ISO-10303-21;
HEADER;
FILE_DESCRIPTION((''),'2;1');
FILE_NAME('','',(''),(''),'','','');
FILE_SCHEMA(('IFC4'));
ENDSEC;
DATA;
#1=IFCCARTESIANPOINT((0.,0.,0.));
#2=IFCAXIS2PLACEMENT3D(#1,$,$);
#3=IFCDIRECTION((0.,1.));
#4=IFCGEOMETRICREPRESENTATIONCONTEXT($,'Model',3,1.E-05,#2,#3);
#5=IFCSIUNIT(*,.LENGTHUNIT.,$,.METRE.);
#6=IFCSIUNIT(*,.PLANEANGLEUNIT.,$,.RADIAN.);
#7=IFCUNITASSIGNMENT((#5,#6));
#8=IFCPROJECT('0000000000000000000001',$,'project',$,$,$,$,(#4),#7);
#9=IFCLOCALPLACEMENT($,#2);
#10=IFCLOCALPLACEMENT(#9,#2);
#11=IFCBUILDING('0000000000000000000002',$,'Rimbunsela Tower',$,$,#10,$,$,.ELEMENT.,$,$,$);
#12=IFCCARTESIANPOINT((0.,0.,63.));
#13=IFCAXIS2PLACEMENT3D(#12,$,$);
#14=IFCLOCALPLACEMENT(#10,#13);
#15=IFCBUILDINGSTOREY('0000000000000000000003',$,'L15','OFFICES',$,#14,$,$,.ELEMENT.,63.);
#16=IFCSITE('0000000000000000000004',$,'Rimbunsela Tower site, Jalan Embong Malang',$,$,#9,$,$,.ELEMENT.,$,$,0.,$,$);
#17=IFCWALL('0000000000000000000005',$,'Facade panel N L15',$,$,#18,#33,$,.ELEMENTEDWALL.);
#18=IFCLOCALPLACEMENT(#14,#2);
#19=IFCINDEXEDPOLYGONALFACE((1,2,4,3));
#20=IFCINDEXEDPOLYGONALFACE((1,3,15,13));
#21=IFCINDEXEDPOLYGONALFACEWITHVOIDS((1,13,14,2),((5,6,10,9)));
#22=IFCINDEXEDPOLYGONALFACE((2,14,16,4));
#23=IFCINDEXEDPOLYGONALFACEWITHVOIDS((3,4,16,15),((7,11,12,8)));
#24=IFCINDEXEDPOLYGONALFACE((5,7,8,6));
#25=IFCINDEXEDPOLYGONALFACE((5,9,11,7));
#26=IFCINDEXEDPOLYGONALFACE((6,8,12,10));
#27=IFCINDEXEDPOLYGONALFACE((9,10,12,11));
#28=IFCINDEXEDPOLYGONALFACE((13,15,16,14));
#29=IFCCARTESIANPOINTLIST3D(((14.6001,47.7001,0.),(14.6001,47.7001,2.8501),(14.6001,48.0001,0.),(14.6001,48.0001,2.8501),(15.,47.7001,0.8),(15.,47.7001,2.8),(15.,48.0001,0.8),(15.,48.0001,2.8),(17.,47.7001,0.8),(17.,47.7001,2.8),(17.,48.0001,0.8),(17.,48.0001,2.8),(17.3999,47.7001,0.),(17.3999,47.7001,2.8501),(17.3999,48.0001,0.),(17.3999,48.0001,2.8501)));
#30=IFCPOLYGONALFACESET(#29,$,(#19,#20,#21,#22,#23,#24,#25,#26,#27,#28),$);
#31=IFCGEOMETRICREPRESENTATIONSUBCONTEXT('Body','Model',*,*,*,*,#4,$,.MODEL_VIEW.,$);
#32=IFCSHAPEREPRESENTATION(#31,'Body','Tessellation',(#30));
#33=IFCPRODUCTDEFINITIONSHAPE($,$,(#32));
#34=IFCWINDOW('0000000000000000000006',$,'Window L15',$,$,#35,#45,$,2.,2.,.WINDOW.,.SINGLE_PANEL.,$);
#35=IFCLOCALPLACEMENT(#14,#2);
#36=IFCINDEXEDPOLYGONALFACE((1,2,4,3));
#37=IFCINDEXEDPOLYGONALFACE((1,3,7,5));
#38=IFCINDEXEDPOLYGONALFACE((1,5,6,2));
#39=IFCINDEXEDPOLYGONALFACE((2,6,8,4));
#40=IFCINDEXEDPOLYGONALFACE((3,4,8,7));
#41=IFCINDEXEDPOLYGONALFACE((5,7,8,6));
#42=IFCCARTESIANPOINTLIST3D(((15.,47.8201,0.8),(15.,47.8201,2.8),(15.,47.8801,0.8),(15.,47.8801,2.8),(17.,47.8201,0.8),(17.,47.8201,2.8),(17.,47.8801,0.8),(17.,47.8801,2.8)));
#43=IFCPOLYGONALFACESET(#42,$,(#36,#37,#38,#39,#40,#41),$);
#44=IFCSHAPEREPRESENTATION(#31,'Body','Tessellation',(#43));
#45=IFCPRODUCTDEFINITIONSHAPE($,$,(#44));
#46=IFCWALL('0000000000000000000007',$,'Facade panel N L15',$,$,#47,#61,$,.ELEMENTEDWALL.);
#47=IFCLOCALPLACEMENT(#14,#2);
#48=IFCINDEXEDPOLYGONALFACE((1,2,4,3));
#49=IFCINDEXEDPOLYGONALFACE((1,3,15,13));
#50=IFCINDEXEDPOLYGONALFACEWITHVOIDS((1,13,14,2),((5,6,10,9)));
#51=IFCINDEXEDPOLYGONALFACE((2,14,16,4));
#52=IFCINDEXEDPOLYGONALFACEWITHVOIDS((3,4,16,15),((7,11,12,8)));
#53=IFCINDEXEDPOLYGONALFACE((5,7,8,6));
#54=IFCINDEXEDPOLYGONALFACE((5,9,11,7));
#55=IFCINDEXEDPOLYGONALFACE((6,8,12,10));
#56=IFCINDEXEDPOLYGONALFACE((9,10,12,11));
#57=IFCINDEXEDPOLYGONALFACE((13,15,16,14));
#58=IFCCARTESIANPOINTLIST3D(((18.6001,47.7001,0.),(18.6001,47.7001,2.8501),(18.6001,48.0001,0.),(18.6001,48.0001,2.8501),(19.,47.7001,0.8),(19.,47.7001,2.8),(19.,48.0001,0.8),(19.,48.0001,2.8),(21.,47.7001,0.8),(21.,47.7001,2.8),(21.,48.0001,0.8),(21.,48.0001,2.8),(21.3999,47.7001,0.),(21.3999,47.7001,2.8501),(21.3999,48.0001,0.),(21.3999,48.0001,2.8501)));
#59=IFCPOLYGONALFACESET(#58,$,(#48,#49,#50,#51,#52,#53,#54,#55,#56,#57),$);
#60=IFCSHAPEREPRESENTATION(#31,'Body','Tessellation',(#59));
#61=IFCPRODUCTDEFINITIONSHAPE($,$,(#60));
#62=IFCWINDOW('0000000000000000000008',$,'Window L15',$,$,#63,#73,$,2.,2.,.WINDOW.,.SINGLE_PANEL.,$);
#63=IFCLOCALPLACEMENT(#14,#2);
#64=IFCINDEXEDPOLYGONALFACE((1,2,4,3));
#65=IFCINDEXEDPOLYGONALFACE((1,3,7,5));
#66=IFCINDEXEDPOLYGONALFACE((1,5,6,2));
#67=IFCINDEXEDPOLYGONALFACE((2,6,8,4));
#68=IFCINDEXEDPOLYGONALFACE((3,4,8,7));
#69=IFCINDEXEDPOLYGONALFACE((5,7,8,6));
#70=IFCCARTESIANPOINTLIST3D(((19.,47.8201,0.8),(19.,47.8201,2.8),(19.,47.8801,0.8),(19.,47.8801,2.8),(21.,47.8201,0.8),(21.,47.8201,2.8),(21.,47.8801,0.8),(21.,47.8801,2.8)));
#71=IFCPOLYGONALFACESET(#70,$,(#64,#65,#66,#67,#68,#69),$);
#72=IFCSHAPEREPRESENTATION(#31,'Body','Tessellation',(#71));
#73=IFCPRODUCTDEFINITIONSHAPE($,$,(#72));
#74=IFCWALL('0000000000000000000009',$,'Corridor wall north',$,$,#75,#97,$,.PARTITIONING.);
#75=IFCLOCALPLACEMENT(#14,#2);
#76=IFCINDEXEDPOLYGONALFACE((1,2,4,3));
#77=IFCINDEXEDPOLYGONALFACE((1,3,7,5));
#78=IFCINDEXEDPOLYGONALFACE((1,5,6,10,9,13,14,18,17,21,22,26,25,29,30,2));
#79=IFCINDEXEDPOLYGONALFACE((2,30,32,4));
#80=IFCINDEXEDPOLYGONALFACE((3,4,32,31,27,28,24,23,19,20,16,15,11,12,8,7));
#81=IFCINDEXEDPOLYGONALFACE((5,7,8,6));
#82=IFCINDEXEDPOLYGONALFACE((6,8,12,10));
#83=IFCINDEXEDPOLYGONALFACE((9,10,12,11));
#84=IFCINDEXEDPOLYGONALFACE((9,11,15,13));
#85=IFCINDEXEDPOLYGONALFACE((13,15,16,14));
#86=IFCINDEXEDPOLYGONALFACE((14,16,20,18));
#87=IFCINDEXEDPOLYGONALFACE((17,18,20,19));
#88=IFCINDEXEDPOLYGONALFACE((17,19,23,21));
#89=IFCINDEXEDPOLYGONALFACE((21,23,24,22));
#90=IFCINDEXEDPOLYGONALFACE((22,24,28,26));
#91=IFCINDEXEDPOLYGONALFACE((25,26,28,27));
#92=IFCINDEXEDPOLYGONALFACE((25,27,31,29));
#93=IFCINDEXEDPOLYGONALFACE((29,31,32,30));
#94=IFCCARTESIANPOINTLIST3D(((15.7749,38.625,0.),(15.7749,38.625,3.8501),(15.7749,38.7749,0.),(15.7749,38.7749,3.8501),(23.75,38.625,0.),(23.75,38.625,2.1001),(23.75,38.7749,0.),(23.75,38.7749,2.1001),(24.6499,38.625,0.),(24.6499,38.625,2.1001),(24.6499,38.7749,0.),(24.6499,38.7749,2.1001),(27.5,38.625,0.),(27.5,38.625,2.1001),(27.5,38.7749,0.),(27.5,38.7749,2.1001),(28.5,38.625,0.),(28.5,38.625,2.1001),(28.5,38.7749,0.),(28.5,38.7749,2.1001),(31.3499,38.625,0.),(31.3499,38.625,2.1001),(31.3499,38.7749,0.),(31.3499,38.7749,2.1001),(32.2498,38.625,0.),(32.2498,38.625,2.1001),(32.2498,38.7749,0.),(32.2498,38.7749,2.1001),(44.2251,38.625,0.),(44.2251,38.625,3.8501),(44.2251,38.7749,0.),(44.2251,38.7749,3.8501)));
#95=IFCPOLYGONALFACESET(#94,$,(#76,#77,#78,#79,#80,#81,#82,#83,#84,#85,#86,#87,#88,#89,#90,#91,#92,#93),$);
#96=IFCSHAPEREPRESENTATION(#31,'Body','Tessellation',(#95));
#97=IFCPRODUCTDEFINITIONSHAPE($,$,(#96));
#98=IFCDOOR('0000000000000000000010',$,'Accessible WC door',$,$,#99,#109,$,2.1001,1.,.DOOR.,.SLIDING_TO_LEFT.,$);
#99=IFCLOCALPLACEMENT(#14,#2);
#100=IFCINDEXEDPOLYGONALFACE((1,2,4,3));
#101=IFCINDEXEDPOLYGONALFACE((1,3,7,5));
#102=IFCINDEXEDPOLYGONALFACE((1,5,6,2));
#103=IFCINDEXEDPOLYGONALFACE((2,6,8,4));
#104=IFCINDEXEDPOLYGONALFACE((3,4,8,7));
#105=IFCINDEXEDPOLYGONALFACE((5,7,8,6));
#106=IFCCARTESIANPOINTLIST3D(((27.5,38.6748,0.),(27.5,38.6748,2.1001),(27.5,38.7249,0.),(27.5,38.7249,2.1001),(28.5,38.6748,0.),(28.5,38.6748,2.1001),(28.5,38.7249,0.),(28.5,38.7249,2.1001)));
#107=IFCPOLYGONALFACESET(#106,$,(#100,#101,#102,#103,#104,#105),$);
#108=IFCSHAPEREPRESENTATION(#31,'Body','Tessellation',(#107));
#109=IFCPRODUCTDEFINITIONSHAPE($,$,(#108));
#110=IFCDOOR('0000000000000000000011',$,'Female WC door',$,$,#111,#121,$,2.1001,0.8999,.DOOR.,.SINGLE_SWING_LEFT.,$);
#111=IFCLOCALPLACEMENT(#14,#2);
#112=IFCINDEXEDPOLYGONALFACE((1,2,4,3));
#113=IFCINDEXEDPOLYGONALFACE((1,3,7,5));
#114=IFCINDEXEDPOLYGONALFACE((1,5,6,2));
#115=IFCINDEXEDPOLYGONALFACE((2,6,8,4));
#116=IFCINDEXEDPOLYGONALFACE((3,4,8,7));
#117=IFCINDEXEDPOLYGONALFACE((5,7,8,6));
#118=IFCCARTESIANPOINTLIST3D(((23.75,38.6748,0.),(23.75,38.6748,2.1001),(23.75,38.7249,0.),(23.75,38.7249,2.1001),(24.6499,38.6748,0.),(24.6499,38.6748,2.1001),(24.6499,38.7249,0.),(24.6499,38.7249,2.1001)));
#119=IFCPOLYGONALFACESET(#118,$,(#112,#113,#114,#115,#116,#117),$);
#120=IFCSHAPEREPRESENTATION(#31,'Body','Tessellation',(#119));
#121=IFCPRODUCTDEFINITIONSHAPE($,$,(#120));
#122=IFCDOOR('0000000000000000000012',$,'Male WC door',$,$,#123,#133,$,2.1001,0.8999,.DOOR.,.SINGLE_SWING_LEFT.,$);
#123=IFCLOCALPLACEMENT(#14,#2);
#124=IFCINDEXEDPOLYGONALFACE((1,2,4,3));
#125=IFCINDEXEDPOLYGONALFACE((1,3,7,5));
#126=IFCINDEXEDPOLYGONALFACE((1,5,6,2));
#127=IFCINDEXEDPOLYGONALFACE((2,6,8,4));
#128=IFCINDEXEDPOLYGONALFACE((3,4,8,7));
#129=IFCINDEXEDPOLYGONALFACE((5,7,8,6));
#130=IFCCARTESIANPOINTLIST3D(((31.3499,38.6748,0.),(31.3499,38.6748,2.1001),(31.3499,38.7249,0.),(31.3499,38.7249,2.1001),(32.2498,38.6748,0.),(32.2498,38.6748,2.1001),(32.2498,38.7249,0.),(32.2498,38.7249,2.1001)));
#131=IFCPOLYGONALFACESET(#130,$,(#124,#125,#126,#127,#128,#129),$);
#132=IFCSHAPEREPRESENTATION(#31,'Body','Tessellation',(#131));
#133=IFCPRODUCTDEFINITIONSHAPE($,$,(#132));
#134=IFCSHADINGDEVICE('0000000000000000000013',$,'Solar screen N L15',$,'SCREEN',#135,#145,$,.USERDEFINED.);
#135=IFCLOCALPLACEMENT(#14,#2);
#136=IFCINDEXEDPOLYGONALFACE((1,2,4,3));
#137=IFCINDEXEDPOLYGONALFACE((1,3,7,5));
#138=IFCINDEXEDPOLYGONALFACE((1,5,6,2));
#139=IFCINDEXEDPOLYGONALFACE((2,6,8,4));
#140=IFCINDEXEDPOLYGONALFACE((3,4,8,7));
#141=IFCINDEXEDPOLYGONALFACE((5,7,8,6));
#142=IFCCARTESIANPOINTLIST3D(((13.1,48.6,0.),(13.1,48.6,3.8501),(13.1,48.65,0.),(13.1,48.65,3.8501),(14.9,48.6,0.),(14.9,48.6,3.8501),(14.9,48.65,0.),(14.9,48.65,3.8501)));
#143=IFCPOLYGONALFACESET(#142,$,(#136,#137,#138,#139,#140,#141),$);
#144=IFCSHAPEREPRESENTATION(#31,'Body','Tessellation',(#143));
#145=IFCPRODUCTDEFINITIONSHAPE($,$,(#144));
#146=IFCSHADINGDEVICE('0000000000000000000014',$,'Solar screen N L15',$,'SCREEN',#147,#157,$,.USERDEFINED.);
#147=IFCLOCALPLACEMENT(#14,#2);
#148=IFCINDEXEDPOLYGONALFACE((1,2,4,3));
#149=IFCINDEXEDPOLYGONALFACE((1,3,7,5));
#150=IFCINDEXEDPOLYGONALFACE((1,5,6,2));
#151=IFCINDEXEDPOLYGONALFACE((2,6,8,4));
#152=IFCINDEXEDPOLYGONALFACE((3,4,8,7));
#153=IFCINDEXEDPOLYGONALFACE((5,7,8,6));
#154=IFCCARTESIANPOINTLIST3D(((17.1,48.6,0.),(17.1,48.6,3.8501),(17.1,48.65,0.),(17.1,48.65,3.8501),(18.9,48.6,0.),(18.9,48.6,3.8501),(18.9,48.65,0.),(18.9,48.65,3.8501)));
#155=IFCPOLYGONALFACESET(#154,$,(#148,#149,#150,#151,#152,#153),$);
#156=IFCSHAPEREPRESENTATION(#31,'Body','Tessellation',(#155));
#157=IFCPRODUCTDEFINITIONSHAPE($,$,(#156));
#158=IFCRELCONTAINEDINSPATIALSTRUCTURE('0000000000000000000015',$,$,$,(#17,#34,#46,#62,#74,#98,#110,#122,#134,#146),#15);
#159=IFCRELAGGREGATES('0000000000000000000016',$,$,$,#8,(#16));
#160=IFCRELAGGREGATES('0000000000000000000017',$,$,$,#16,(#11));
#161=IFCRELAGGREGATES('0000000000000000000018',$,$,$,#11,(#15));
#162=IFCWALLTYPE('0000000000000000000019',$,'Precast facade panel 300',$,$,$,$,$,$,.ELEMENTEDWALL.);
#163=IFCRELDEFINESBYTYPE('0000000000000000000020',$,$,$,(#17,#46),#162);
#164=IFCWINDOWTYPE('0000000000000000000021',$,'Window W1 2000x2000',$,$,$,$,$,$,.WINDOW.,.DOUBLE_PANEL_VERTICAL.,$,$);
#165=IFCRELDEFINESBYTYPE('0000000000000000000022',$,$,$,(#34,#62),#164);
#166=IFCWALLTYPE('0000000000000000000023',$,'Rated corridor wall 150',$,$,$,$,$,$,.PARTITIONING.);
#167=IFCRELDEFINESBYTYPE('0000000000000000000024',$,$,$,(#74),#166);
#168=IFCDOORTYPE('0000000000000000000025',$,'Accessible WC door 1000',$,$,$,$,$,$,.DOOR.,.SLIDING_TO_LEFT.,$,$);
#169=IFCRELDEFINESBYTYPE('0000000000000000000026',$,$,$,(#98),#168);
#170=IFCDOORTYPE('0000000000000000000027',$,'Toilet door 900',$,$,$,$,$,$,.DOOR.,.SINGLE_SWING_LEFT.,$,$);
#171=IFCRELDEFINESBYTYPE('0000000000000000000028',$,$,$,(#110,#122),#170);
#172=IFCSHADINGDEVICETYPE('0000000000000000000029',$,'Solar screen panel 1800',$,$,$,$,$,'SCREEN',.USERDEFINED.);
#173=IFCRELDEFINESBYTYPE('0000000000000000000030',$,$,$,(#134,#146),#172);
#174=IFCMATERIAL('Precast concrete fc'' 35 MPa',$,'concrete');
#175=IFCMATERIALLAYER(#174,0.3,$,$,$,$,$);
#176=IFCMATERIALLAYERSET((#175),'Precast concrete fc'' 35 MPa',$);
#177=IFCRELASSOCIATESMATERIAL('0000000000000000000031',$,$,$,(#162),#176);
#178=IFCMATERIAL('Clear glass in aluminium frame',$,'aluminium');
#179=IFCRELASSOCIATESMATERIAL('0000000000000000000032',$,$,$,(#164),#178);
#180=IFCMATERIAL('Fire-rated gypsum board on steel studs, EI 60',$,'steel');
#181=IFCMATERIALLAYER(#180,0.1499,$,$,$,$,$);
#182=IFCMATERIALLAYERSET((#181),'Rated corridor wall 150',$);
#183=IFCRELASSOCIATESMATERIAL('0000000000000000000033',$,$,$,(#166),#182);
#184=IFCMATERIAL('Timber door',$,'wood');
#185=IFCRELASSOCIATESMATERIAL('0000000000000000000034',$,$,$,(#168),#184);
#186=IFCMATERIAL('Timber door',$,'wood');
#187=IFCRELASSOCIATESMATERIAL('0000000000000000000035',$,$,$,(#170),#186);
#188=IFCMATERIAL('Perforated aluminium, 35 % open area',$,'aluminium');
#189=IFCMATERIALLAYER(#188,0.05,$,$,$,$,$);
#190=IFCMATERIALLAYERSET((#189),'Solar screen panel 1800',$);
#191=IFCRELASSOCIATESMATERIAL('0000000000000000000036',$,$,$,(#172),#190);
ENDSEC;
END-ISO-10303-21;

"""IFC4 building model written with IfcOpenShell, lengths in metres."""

from ifc_helpers import new_model, si_unit, direction, frame, frame_2d, origin, origin_2d, place, context, subcontext, project, spatial, rectangle, extrude, material, layer, layer_set, type_object, element, fill, save


model = new_model("IFC4")

# Units and contexts
model_context = context("Model", 3, precision=1e-05, world=origin(), true_north=direction((0.0, 1.0)))
body_context = subcontext(model_context, "Body", "Model", "MODEL_VIEW")
ifc_project = project(units=[si_unit("LENGTHUNIT", "METRE"), si_unit("PLANEANGLEUNIT", "RADIAN")], contexts=[model_context])

# Site, building, storey
site_placement = place(None, origin())
site = spatial("IfcSite", under=ifc_project, at=site_placement, Name="Rimbunsela Tower site, Jalan Embong Malang", CompositionType="ELEMENT", RefElevation=0.0)
building_placement = place(site_placement, origin())
building = spatial("IfcBuilding", under=site, at=building_placement, Name="Rimbunsela Tower", CompositionType="ELEMENT")
storey_placement = place(building_placement, frame((0.0, 0.0, 63.0)))
storey = spatial("IfcBuildingStorey", under=building, at=storey_placement, Name="L15", Description="OFFICES", CompositionType="ELEMENT", Elevation=63.0)

# Walls, openings, windows
ifc_material_1 = material(Name="Precast concrete fc' 35 MPa", Category="concrete")
ifc_layer_1 = layer(ifc_material_1, 0.3)
ifc_layer_set_1 = layer_set([ifc_layer_1], Name="Precast concrete fc' 35 MPa")
wall_type_1 = type_object("IfcWallType", Name="Precast facade panel 300", PredefinedType="ELEMENTEDWALL", material=ifc_layer_set_1)
wall_1_placement = place(storey_placement, frame((17.3999, 47.8501, 0.0), z_axis=(0.0, 0.0, 1.0), x_axis=(-1.0, 0.0, 0.0)))
wall_1 = element("IfcWall", 1, at=wall_1_placement, inside=storey, type_object=wall_type_1, Name="Facade panel N L15", PredefinedType="ELEMENTEDWALL", context=body_context, shape_type="SweptSolid", body=[
    extrude(rectangle(XDim=2.7998, YDim=0.3, at=frame_2d((1.3999, 0.0))), origin(), (0.0, 0.0, 1.0), 2.8501),
])
opening_1_placement = place(wall_1_placement, frame((0.3999, 0.0, 0.8)))
opening_1 = element("IfcOpeningElement", 2, at=opening_1_placement, cuts=wall_1, PredefinedType="OPENING", context=body_context, shape_type="SweptSolid", body=[
    extrude(rectangle(XDim=2.0, YDim=2.0, at=frame_2d((1.0, 1.0))), frame((0.0, 0.1599, 0.0), z_axis=(0.0, -1.0, 0.0), x_axis=(1.0, 0.0, 0.0)), (0.0, 0.0, 1.0), 0.3201),
])
ifc_material_2 = material(Name="Clear glass in aluminium frame", Category="aluminium")
window_type = type_object("IfcWindowType", Name="Window W1 2000x2000", PartitioningType="DOUBLE_PANEL_VERTICAL", PredefinedType="WINDOW", material=ifc_material_2)
window_1_placement = place(opening_1_placement, origin())
window_1 = element("IfcWindow", 3, at=window_1_placement, inside=storey, type_object=window_type, Name="Window L15", OverallHeight=2.0, OverallWidth=2.0, PartitioningType="SINGLE_PANEL", PredefinedType="WINDOW", context=body_context, shape_type="SweptSolid", body=[
    extrude(rectangle(XDim=2.0, YDim=2.0, at=frame_2d((1.0, 1.0))), frame((0.0, 0.03, 0.0), z_axis=(0.0, -1.0, 0.0), x_axis=(1.0, 0.0, 0.0)), (0.0, 0.0, 1.0), 0.0601),
])
fill(opening_1, window_1)
wall_2_placement = place(storey_placement, frame((21.3999, 47.8501, 0.0), z_axis=(0.0, 0.0, 1.0), x_axis=(-1.0, 0.0, 0.0)))
wall_2 = element("IfcWall", 4, at=wall_2_placement, inside=storey, type_object=wall_type_1, Name="Facade panel N L15", PredefinedType="ELEMENTEDWALL", context=body_context, shape_type="SweptSolid", body=[
    extrude(rectangle(XDim=2.7998, YDim=0.3, at=frame_2d((1.3999, 0.0))), origin(), (0.0, 0.0, 1.0), 2.8501),
])
opening_2_placement = place(wall_2_placement, frame((0.3999, 0.0, 0.8)))
opening_2 = element("IfcOpeningElement", 5, at=opening_2_placement, cuts=wall_2, PredefinedType="OPENING", context=body_context, shape_type="SweptSolid", body=[
    extrude(rectangle(XDim=2.0, YDim=2.0, at=frame_2d((1.0, 1.0))), frame((0.0, 0.1599, 0.0), z_axis=(0.0, -1.0, 0.0), x_axis=(1.0, 0.0, 0.0)), (0.0, 0.0, 1.0), 0.3201),
])
window_2_placement = place(opening_2_placement, origin())
window_2 = element("IfcWindow", 6, at=window_2_placement, inside=storey, type_object=window_type, Name="Window L15", OverallHeight=2.0, OverallWidth=2.0, PartitioningType="SINGLE_PANEL", PredefinedType="WINDOW", context=body_context, shape_type="SweptSolid", body=[
    extrude(rectangle(XDim=2.0, YDim=2.0, at=frame_2d((1.0, 1.0))), frame((0.0, 0.03, 0.0), z_axis=(0.0, -1.0, 0.0), x_axis=(1.0, 0.0, 0.0)), (0.0, 0.0, 1.0), 0.0601),
])
fill(opening_2, window_2)

# Wall, openings, doors
ifc_material_3 = material(Name="Fire-rated gypsum board on steel studs, EI 60", Category="steel")
ifc_layer_2 = layer(ifc_material_3, 0.1499)
ifc_layer_set_2 = layer_set([ifc_layer_2], Name="Rated corridor wall 150")
wall_type_2 = type_object("IfcWallType", Name="Rated corridor wall 150", PredefinedType="PARTITIONING", material=ifc_layer_set_2)
wall_3_placement = place(storey_placement, frame((15.7749, 38.7, 0.0), z_axis=(0.0, 0.0, 1.0), x_axis=(1.0, 0.0, 0.0)))
wall_3 = element("IfcWall", 7, at=wall_3_placement, inside=storey, type_object=wall_type_2, Name="Corridor wall north", PredefinedType="PARTITIONING", context=body_context, shape_type="SweptSolid", body=[
    extrude(rectangle(XDim=28.4502, YDim=0.1499, at=frame_2d((14.2251, 0.0))), origin(), (0.0, 0.0, 1.0), 3.8501),
])
opening_3_placement = place(wall_3_placement, frame((7.9751, 0.0, 0.0)))
opening_3 = element("IfcOpeningElement", 8, at=opening_3_placement, cuts=wall_3, PredefinedType="OPENING", context=body_context, shape_type="SweptSolid", body=[
    extrude(rectangle(XDim=0.8999, YDim=2.1001, at=frame_2d((0.45, 1.05))), frame((0.0, 0.085, 0.0), z_axis=(0.0, -1.0, 0.0), x_axis=(1.0, 0.0, 0.0)), (0.0, 0.0, 1.0), 0.1699),
])
opening_4_placement = place(wall_3_placement, frame((11.7251, 0.0, 0.0)))
opening_4 = element("IfcOpeningElement", 9, at=opening_4_placement, cuts=wall_3, PredefinedType="OPENING", context=body_context, shape_type="SweptSolid", body=[
    extrude(rectangle(XDim=1.0, YDim=2.1001, at=frame_2d((0.5, 1.05))), frame((0.0, 0.085, 0.0), z_axis=(0.0, -1.0, 0.0), x_axis=(1.0, 0.0, 0.0)), (0.0, 0.0, 1.0), 0.1699),
])
opening_5_placement = place(wall_3_placement, frame((15.575, 0.0, 0.0)))
opening_5 = element("IfcOpeningElement", 10, at=opening_5_placement, cuts=wall_3, PredefinedType="OPENING", context=body_context, shape_type="SweptSolid", body=[
    extrude(rectangle(XDim=0.8999, YDim=2.1001, at=frame_2d((0.45, 1.05))), frame((0.0, 0.085, 0.0), z_axis=(0.0, -1.0, 0.0), x_axis=(1.0, 0.0, 0.0)), (0.0, 0.0, 1.0), 0.1699),
])
ifc_material_4 = material(Name="Timber door", Category="wood")
door_type_1 = type_object("IfcDoorType", Name="Accessible WC door 1000", OperationType="SLIDING_TO_LEFT", PredefinedType="DOOR", material=ifc_material_4)
door_1_placement = place(opening_4_placement, origin())
door_1 = element("IfcDoor", 11, at=door_1_placement, inside=storey, type_object=door_type_1, Name="Accessible WC door", OperationType="SLIDING_TO_LEFT", OverallHeight=2.1001, OverallWidth=1.0, PredefinedType="DOOR", context=body_context, shape_type="SweptSolid", body=[
    extrude(rectangle(XDim=1.0, YDim=2.1001, at=frame_2d((0.5, 1.05))), frame((0.0, 0.0249, 0.0), z_axis=(0.0, -1.0, 0.0), x_axis=(1.0, 0.0, 0.0)), (0.0, 0.0, 1.0), 0.05),
])
fill(opening_4, door_1)
ifc_material_5 = material(Name="Timber door", Category="wood")
door_type_2 = type_object("IfcDoorType", Name="Toilet door 900", OperationType="SINGLE_SWING_LEFT", PredefinedType="DOOR", material=ifc_material_5)
door_2_placement = place(opening_3_placement, origin())
door_2 = element("IfcDoor", 12, at=door_2_placement, inside=storey, type_object=door_type_2, Name="Female WC door", OperationType="SINGLE_SWING_LEFT", OverallHeight=2.1001, OverallWidth=0.8999, PredefinedType="DOOR", context=body_context, shape_type="SweptSolid", body=[
    extrude(rectangle(XDim=0.8999, YDim=2.1001, at=frame_2d((0.45, 1.05))), frame((0.0, 0.0249, 0.0), z_axis=(0.0, -1.0, 0.0), x_axis=(1.0, 0.0, 0.0)), (0.0, 0.0, 1.0), 0.05),
])
fill(opening_3, door_2)
door_3_placement = place(opening_5_placement, origin())
door_3 = element("IfcDoor", 13, at=door_3_placement, inside=storey, type_object=door_type_2, Name="Male WC door", OperationType="SINGLE_SWING_LEFT", OverallHeight=2.1001, OverallWidth=0.8999, PredefinedType="DOOR", context=body_context, shape_type="SweptSolid", body=[
    extrude(rectangle(XDim=0.8999, YDim=2.1001, at=frame_2d((0.45, 1.05))), frame((0.0, 0.0249, 0.0), z_axis=(0.0, -1.0, 0.0), x_axis=(1.0, 0.0, 0.0)), (0.0, 0.0, 1.0), 0.05),
])
fill(opening_5, door_3)

# Shading devices
ifc_material_6 = material(Name="Perforated aluminium, 35 % open area", Category="aluminium")
ifc_layer_3 = layer(ifc_material_6, 0.05)
ifc_layer_set_3 = layer_set([ifc_layer_3], Name="Solar screen panel 1800")
shading_device_type = type_object("IfcShadingDeviceType", Name="Solar screen panel 1800", ElementType="SCREEN", PredefinedType="USERDEFINED", material=ifc_layer_set_3)
for number, where, z_axis, x_axis, name in (
    (14, (14.0, 48.625, 0.0), (0.0, 0.0, 1.0), (1.0, 0.0, 0.0), "Solar screen N L15"),
    (15, (18.0, 48.625, 0.0), (0.0, 0.0, 1.0), (1.0, 0.0, 0.0), "Solar screen N L15"),
):
    element("IfcShadingDevice", number, at=place(storey_placement, frame(where, z_axis=z_axis, x_axis=x_axis)), inside=storey, type_object=shading_device_type, Name=name, ObjectType="SCREEN", PredefinedType="USERDEFINED", context=body_context, shape_type="SweptSolid", body=[
        extrude(rectangle(XDim=1.8, YDim=0.05, at=origin_2d()), origin(), (0.0, 0.0, 1.0), 3.8501),
    ])

save(model, "model.ifc")
